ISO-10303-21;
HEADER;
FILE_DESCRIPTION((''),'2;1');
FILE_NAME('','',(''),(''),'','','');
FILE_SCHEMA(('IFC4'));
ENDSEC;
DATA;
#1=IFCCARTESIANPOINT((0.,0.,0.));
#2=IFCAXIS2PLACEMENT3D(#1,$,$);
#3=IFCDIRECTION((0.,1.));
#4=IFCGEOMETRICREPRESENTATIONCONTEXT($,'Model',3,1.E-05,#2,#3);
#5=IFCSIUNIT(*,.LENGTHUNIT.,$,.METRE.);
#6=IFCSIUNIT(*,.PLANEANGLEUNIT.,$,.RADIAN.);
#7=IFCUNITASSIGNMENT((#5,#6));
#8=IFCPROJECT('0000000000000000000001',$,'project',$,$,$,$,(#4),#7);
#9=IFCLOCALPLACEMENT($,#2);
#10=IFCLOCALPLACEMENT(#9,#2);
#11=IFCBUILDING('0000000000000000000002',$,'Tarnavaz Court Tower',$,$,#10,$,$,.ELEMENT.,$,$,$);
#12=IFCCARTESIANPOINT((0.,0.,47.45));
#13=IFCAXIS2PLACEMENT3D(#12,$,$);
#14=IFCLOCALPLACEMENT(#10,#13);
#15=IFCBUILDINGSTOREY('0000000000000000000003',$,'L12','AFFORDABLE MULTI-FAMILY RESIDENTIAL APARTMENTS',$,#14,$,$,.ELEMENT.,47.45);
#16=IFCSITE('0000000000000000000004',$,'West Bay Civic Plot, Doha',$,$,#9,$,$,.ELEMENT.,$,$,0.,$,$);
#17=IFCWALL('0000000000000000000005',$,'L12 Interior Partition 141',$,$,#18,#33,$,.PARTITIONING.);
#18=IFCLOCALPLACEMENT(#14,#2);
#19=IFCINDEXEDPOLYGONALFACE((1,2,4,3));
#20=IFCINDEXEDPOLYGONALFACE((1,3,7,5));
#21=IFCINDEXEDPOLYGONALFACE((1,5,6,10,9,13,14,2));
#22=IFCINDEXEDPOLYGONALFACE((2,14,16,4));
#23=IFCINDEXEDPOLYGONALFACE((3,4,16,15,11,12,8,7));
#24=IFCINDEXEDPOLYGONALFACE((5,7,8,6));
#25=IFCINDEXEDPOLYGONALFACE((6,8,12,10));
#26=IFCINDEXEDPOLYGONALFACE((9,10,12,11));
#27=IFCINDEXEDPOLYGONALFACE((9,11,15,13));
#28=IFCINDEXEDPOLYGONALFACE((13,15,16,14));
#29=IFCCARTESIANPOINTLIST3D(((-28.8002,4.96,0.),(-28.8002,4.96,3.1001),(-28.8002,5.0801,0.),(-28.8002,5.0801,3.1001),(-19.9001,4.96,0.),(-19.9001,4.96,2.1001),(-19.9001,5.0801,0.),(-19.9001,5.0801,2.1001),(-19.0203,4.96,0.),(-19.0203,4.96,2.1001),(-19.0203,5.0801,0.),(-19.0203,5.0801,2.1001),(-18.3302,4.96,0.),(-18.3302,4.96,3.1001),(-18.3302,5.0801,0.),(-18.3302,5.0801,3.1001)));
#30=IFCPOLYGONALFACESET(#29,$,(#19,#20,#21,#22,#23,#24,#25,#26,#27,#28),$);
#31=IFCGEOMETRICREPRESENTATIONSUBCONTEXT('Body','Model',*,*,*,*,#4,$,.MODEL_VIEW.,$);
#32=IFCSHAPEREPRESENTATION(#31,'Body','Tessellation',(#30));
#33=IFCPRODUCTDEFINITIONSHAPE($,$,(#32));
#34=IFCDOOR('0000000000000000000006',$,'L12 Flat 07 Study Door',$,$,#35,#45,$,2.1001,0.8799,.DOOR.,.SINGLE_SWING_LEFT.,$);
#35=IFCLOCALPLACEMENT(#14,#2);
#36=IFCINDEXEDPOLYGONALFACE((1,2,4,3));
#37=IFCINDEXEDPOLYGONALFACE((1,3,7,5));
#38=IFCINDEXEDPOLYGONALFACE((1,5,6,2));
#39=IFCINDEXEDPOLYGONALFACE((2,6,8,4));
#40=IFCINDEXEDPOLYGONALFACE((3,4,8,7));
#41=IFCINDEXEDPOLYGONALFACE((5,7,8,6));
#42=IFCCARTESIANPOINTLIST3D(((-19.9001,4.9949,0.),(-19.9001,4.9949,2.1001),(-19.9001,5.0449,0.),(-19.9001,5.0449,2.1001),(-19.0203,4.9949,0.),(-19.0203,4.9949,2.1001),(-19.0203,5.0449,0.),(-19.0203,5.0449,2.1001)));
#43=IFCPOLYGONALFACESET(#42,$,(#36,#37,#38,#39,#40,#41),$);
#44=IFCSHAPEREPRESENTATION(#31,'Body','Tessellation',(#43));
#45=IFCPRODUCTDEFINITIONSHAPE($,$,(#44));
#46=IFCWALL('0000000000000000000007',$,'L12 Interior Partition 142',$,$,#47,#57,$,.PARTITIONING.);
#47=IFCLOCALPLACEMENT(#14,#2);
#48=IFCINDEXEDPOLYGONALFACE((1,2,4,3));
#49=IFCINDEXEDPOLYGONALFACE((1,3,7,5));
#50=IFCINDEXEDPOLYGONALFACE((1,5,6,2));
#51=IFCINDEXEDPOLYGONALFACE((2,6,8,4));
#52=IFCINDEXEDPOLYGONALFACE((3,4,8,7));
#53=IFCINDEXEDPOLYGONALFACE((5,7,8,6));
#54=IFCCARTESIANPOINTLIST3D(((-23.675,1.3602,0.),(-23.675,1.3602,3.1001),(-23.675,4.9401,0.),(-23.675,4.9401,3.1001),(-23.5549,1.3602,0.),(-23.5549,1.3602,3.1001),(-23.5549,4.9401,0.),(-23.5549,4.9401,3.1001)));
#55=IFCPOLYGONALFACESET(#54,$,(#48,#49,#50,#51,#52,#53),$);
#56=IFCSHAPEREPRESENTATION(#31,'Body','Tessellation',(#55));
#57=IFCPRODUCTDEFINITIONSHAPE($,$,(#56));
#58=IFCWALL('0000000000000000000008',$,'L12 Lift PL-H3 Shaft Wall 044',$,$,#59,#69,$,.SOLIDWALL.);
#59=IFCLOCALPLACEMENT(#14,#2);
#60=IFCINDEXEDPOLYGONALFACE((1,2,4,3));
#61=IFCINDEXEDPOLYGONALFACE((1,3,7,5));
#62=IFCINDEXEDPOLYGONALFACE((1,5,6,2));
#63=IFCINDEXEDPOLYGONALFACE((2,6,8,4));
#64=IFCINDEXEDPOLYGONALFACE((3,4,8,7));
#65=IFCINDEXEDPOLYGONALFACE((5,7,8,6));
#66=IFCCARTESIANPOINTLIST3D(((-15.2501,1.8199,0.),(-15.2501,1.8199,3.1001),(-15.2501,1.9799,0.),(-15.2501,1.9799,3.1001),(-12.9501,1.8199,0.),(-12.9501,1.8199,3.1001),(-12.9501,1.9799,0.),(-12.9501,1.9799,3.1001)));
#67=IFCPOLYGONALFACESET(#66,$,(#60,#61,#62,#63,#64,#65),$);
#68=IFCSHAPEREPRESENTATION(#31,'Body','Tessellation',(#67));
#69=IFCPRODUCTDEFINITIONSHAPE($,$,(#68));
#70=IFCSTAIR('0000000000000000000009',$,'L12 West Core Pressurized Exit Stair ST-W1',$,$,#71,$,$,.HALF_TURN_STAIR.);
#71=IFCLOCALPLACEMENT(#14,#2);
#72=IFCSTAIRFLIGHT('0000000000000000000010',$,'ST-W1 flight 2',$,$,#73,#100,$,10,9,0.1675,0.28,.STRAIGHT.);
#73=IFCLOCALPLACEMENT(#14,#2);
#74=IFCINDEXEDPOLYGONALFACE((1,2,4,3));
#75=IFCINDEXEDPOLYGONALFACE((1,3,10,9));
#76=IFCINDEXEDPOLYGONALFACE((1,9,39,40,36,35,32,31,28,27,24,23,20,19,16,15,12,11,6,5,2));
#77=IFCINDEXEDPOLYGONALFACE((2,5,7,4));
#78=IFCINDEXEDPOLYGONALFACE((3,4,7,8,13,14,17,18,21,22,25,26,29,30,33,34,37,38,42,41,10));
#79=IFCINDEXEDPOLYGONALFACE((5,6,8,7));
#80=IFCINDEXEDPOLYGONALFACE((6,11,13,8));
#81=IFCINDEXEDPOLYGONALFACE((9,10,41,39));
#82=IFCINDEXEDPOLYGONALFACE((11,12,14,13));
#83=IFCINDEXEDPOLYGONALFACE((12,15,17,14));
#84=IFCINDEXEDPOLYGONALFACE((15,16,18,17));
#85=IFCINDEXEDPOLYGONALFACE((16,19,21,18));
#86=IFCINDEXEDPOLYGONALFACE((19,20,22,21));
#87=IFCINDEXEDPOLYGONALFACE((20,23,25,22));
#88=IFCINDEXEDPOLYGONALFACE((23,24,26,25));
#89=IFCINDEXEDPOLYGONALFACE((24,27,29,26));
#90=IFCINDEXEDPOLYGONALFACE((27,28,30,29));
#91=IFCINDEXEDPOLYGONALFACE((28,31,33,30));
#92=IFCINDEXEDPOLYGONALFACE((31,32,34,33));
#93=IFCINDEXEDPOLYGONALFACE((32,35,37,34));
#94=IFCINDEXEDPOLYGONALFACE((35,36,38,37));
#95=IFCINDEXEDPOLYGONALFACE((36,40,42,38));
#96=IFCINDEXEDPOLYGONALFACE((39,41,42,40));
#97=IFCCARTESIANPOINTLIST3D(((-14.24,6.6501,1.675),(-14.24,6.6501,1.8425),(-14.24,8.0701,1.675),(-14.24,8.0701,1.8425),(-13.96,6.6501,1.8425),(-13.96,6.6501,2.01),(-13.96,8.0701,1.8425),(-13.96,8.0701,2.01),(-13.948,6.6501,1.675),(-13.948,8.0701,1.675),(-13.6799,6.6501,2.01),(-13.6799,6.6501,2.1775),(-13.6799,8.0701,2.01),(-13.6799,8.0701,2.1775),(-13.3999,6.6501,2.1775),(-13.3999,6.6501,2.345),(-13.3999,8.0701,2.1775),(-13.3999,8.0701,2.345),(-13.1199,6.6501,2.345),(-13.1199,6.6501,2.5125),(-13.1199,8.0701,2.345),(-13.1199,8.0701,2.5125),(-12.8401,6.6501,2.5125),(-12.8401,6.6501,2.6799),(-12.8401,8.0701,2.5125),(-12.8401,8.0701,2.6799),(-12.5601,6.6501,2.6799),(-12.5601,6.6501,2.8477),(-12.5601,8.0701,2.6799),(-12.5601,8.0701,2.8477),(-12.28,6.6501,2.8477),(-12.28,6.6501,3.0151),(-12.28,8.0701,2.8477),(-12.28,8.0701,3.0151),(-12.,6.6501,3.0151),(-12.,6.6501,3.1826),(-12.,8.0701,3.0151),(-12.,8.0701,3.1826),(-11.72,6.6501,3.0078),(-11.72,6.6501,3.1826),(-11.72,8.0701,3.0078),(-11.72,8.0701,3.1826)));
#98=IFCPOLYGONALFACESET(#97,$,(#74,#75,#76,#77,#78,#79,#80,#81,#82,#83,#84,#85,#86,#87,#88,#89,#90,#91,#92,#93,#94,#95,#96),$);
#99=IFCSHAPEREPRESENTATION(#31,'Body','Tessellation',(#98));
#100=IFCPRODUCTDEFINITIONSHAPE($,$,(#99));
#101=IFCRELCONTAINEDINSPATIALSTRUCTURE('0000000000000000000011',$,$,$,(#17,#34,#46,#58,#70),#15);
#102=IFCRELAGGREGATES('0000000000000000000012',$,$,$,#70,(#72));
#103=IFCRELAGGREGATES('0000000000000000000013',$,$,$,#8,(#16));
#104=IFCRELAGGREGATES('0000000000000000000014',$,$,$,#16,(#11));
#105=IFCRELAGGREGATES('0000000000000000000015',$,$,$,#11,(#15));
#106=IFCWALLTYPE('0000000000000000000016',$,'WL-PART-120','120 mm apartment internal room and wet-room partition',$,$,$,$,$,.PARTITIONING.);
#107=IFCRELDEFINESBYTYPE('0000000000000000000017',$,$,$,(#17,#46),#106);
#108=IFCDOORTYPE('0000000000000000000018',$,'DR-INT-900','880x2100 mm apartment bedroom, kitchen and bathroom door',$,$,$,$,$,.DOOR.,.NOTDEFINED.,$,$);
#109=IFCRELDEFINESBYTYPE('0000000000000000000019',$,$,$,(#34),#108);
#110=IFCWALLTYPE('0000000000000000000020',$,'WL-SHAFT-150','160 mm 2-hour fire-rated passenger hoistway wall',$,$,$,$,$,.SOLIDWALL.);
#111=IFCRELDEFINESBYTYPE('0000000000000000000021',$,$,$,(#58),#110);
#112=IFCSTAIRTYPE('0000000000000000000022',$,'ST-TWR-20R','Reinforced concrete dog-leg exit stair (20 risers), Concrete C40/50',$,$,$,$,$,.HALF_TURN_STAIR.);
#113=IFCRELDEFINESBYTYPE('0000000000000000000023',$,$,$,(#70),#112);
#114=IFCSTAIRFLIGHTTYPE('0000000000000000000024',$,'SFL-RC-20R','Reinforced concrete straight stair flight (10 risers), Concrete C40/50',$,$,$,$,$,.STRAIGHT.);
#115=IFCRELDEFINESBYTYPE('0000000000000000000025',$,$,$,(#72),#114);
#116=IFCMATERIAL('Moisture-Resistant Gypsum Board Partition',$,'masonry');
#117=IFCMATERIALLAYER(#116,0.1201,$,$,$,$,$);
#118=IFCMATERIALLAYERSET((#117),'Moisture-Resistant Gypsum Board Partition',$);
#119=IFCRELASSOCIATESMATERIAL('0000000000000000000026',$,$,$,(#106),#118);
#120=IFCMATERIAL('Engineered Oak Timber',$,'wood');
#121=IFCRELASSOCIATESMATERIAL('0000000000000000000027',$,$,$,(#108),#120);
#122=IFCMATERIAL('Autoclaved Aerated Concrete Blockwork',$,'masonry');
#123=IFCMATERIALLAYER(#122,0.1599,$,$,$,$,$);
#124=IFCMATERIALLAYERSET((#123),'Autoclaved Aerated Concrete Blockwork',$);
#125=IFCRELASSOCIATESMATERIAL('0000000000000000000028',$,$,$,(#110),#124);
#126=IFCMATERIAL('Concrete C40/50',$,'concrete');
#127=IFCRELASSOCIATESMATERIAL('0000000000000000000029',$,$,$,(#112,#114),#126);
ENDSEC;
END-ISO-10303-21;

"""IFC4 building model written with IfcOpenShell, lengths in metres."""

from ifc_helpers import new_model, si_unit, direction, frame, frame_2d, origin, place, context, subcontext, project, spatial, polyline, rectangle, outline, extrude, material, layer, layer_set, type_object, element, fill, aggregate, save


model = new_model("IFC4")

# Units and contexts
model_context = context("Model", 3, precision=1e-05, world=origin(), true_north=direction((0.0, 1.0)))
body_context = subcontext(model_context, "Body", "Model", "MODEL_VIEW")
ifc_project = project(units=[si_unit("LENGTHUNIT", "METRE"), si_unit("PLANEANGLEUNIT", "RADIAN")], contexts=[model_context])

# Site, building, storey
site_placement = place(None, origin())
site = spatial("IfcSite", under=ifc_project, at=site_placement, Name="West Bay Civic Plot, Doha", CompositionType="ELEMENT", RefElevation=0.0)
building_placement = place(site_placement, origin())
building = spatial("IfcBuilding", under=site, at=building_placement, Name="Tarnavaz Court Tower", CompositionType="ELEMENT")
storey_placement = place(building_placement, frame((0.0, 0.0, 47.45)))
storey = spatial("IfcBuildingStorey", under=building, at=storey_placement, Name="L12", Description="AFFORDABLE MULTI-FAMILY RESIDENTIAL APARTMENTS", CompositionType="ELEMENT", Elevation=47.45)

# Shared definitions
ifc_material_1 = material(Name="Autoclaved Aerated Concrete Blockwork", Category="masonry")

# Shared definitions
ifc_material_2 = material(Name="Moisture-Resistant Gypsum Board Partition", Category="masonry")
ifc_layer_1 = layer(ifc_material_2, 0.1201)
ifc_layer_set_1 = layer_set([ifc_layer_1], Name="Moisture-Resistant Gypsum Board Partition")
wall_type_1 = type_object("IfcWallType", Name="WL-PART-120", Description="120 mm apartment internal room and wet-room partition", PredefinedType="PARTITIONING", material=ifc_layer_set_1)
ifc_material_3 = material(Name="Engineered Oak Timber", Category="wood")
door_type_1 = type_object("IfcDoorType", Name="DR-INT-900", Description="880x2100 mm apartment bedroom, kitchen and bathroom door", OperationType="NOTDEFINED", PredefinedType="DOOR", material=ifc_material_3)

# Wall, opening, door
wall_1_placement = place(storey_placement, frame((-28.8, 5.02, 0.0), z_axis=(0.0, 0.0, 1.0), x_axis=(1.0, 0.0, 0.0)))
wall_1 = element("IfcWall", 1, at=wall_1_placement, inside=storey, type_object=wall_type_1, Name="L12 Interior Partition 141", PredefinedType="PARTITIONING", context=body_context, shape_type="SweptSolid", body=[
    extrude(rectangle(XDim=10.47, YDim=0.1201, at=frame_2d((5.2349, 0.0))), origin(), (0.0, 0.0, 1.0), 3.1001),
])
opening_1_placement = place(wall_1_placement, frame((8.8999, 0.0, 0.0)))
opening_1 = element("IfcOpeningElement", 2, at=opening_1_placement, cuts=wall_1, PredefinedType="OPENING", context=body_context, shape_type="SweptSolid", body=[
    extrude(rectangle(XDim=0.8799, YDim=2.1001, at=frame_2d((0.4399, 1.05))), frame((0.0, 0.0701, 0.0), z_axis=(0.0, -1.0, 0.0), x_axis=(1.0, 0.0, 0.0)), (0.0, 0.0, 1.0), 0.1401),
])
door_1_placement = place(opening_1_placement, origin())
door_1 = element("IfcDoor", 3, at=door_1_placement, inside=storey, type_object=door_type_1, Name="L12 Flat 07 Study Door", OperationType="SINGLE_SWING_LEFT", OverallHeight=2.1001, OverallWidth=0.8799, PredefinedType="DOOR", context=body_context, shape_type="SweptSolid", body=[
    extrude(rectangle(XDim=0.8799, YDim=2.1001, at=frame_2d((0.4399, 1.05))), frame((0.0, 0.0249, 0.0), z_axis=(0.0, -1.0, 0.0), x_axis=(1.0, 0.0, 0.0)), (0.0, 0.0, 1.0), 0.05),
])
fill(opening_1, door_1)

# Walls
wall_2_placement = place(storey_placement, frame((-23.615, 1.3601, 0.0), z_axis=(0.0, 0.0, 1.0), x_axis=(0.0, 1.0, 0.0)))
element("IfcWall", 4, at=wall_2_placement, inside=storey, type_object=wall_type_1, Name="L12 Interior Partition 142", PredefinedType="PARTITIONING", context=body_context, shape_type="SweptSolid", body=[
    extrude(rectangle(XDim=3.5798, YDim=0.1201, at=frame_2d((1.79, 0.0))), origin(), (0.0, 0.0, 1.0), 3.1001),
])
ifc_layer_2 = layer(ifc_material_1, 0.1599)
ifc_layer_set_2 = layer_set([ifc_layer_2], Name="Autoclaved Aerated Concrete Blockwork")
wall_type_2 = type_object("IfcWallType", Name="WL-SHAFT-150", Description="160 mm 2-hour fire-rated passenger hoistway wall", PredefinedType="SOLIDWALL", material=ifc_layer_set_2)
wall_3_placement = place(storey_placement, frame((-15.25, 1.8999, 0.0), z_axis=(0.0, 0.0, 1.0), x_axis=(1.0, 0.0, 0.0)))
element("IfcWall", 5, at=wall_3_placement, inside=storey, type_object=wall_type_2, Name="L12 Lift PL-H3 Shaft Wall 044", PredefinedType="SOLIDWALL", context=body_context, shape_type="SweptSolid", body=[
    extrude(rectangle(XDim=2.3, YDim=0.1599, at=frame_2d((1.1499, 0.0))), origin(), (0.0, 0.0, 1.0), 3.1001),
])

# Stair, stair flight
ifc_material_4 = material(Name="Concrete C40/50", Category="concrete")
stair_type = type_object("IfcStairType", Name="ST-TWR-20R", Description="Reinforced concrete dog-leg exit stair (20 risers), Concrete C40/50", PredefinedType="HALF_TURN_STAIR", material=ifc_material_4)
stair_placement = place(storey_placement, origin())
stair = element("IfcStair", 6, at=stair_placement, inside=storey, type_object=stair_type, Name="L12 West Core Pressurized Exit Stair ST-W1", PredefinedType="HALF_TURN_STAIR")
stair_flight_type = type_object("IfcStairFlightType", Name="SFL-RC-20R", Description="Reinforced concrete straight stair flight (10 risers), Concrete C40/50", PredefinedType="STRAIGHT", material=ifc_material_4)
stair_flight_placement = place(storey_placement, frame((-14.24, 7.3601, 1.675), z_axis=(0.0, 0.0, 1.0), x_axis=(1.0, 0.0, 0.0)))
stair_flight = element("IfcStairFlight", 7, at=stair_flight_placement, type_object=stair_flight_type, Name="ST-W1 flight 2", NumberOfRisers=10, NumberOfTreads=9, PredefinedType="STRAIGHT", RiserHeight=0.1675, TreadLength=0.28, context=body_context, shape_type="SweptSolid", body=[
    extrude(outline(polyline([(0.0, 0.0), (0.0, 0.1675), (0.28, 0.1675), (0.28, 0.335), (0.5601, 0.335), (0.5601, 0.5024), (0.8401, 0.5024), (0.8401, 0.6699), (1.1201, 0.6699), (1.1201, 0.8374), (1.3999, 0.8374), (1.3999, 1.0049), (1.6799, 1.0049), (1.6799, 1.1726), (1.96, 1.1726), (1.96, 1.3401), (2.24, 1.3401), (2.24, 1.5076), (2.52, 1.5076), (2.52, 1.675), (2.52, 1.3328), (0.292, 0.0), (0.0, 0.0)])), frame((0.0, 0.71, 0.0), z_axis=(0.0, -1.0, 0.0), x_axis=(1.0, 0.0, 0.0)), (0.0, 0.0, 1.0), 1.4199),
])
aggregate(stair, [stair_flight])

save(model, "model.ifc")
